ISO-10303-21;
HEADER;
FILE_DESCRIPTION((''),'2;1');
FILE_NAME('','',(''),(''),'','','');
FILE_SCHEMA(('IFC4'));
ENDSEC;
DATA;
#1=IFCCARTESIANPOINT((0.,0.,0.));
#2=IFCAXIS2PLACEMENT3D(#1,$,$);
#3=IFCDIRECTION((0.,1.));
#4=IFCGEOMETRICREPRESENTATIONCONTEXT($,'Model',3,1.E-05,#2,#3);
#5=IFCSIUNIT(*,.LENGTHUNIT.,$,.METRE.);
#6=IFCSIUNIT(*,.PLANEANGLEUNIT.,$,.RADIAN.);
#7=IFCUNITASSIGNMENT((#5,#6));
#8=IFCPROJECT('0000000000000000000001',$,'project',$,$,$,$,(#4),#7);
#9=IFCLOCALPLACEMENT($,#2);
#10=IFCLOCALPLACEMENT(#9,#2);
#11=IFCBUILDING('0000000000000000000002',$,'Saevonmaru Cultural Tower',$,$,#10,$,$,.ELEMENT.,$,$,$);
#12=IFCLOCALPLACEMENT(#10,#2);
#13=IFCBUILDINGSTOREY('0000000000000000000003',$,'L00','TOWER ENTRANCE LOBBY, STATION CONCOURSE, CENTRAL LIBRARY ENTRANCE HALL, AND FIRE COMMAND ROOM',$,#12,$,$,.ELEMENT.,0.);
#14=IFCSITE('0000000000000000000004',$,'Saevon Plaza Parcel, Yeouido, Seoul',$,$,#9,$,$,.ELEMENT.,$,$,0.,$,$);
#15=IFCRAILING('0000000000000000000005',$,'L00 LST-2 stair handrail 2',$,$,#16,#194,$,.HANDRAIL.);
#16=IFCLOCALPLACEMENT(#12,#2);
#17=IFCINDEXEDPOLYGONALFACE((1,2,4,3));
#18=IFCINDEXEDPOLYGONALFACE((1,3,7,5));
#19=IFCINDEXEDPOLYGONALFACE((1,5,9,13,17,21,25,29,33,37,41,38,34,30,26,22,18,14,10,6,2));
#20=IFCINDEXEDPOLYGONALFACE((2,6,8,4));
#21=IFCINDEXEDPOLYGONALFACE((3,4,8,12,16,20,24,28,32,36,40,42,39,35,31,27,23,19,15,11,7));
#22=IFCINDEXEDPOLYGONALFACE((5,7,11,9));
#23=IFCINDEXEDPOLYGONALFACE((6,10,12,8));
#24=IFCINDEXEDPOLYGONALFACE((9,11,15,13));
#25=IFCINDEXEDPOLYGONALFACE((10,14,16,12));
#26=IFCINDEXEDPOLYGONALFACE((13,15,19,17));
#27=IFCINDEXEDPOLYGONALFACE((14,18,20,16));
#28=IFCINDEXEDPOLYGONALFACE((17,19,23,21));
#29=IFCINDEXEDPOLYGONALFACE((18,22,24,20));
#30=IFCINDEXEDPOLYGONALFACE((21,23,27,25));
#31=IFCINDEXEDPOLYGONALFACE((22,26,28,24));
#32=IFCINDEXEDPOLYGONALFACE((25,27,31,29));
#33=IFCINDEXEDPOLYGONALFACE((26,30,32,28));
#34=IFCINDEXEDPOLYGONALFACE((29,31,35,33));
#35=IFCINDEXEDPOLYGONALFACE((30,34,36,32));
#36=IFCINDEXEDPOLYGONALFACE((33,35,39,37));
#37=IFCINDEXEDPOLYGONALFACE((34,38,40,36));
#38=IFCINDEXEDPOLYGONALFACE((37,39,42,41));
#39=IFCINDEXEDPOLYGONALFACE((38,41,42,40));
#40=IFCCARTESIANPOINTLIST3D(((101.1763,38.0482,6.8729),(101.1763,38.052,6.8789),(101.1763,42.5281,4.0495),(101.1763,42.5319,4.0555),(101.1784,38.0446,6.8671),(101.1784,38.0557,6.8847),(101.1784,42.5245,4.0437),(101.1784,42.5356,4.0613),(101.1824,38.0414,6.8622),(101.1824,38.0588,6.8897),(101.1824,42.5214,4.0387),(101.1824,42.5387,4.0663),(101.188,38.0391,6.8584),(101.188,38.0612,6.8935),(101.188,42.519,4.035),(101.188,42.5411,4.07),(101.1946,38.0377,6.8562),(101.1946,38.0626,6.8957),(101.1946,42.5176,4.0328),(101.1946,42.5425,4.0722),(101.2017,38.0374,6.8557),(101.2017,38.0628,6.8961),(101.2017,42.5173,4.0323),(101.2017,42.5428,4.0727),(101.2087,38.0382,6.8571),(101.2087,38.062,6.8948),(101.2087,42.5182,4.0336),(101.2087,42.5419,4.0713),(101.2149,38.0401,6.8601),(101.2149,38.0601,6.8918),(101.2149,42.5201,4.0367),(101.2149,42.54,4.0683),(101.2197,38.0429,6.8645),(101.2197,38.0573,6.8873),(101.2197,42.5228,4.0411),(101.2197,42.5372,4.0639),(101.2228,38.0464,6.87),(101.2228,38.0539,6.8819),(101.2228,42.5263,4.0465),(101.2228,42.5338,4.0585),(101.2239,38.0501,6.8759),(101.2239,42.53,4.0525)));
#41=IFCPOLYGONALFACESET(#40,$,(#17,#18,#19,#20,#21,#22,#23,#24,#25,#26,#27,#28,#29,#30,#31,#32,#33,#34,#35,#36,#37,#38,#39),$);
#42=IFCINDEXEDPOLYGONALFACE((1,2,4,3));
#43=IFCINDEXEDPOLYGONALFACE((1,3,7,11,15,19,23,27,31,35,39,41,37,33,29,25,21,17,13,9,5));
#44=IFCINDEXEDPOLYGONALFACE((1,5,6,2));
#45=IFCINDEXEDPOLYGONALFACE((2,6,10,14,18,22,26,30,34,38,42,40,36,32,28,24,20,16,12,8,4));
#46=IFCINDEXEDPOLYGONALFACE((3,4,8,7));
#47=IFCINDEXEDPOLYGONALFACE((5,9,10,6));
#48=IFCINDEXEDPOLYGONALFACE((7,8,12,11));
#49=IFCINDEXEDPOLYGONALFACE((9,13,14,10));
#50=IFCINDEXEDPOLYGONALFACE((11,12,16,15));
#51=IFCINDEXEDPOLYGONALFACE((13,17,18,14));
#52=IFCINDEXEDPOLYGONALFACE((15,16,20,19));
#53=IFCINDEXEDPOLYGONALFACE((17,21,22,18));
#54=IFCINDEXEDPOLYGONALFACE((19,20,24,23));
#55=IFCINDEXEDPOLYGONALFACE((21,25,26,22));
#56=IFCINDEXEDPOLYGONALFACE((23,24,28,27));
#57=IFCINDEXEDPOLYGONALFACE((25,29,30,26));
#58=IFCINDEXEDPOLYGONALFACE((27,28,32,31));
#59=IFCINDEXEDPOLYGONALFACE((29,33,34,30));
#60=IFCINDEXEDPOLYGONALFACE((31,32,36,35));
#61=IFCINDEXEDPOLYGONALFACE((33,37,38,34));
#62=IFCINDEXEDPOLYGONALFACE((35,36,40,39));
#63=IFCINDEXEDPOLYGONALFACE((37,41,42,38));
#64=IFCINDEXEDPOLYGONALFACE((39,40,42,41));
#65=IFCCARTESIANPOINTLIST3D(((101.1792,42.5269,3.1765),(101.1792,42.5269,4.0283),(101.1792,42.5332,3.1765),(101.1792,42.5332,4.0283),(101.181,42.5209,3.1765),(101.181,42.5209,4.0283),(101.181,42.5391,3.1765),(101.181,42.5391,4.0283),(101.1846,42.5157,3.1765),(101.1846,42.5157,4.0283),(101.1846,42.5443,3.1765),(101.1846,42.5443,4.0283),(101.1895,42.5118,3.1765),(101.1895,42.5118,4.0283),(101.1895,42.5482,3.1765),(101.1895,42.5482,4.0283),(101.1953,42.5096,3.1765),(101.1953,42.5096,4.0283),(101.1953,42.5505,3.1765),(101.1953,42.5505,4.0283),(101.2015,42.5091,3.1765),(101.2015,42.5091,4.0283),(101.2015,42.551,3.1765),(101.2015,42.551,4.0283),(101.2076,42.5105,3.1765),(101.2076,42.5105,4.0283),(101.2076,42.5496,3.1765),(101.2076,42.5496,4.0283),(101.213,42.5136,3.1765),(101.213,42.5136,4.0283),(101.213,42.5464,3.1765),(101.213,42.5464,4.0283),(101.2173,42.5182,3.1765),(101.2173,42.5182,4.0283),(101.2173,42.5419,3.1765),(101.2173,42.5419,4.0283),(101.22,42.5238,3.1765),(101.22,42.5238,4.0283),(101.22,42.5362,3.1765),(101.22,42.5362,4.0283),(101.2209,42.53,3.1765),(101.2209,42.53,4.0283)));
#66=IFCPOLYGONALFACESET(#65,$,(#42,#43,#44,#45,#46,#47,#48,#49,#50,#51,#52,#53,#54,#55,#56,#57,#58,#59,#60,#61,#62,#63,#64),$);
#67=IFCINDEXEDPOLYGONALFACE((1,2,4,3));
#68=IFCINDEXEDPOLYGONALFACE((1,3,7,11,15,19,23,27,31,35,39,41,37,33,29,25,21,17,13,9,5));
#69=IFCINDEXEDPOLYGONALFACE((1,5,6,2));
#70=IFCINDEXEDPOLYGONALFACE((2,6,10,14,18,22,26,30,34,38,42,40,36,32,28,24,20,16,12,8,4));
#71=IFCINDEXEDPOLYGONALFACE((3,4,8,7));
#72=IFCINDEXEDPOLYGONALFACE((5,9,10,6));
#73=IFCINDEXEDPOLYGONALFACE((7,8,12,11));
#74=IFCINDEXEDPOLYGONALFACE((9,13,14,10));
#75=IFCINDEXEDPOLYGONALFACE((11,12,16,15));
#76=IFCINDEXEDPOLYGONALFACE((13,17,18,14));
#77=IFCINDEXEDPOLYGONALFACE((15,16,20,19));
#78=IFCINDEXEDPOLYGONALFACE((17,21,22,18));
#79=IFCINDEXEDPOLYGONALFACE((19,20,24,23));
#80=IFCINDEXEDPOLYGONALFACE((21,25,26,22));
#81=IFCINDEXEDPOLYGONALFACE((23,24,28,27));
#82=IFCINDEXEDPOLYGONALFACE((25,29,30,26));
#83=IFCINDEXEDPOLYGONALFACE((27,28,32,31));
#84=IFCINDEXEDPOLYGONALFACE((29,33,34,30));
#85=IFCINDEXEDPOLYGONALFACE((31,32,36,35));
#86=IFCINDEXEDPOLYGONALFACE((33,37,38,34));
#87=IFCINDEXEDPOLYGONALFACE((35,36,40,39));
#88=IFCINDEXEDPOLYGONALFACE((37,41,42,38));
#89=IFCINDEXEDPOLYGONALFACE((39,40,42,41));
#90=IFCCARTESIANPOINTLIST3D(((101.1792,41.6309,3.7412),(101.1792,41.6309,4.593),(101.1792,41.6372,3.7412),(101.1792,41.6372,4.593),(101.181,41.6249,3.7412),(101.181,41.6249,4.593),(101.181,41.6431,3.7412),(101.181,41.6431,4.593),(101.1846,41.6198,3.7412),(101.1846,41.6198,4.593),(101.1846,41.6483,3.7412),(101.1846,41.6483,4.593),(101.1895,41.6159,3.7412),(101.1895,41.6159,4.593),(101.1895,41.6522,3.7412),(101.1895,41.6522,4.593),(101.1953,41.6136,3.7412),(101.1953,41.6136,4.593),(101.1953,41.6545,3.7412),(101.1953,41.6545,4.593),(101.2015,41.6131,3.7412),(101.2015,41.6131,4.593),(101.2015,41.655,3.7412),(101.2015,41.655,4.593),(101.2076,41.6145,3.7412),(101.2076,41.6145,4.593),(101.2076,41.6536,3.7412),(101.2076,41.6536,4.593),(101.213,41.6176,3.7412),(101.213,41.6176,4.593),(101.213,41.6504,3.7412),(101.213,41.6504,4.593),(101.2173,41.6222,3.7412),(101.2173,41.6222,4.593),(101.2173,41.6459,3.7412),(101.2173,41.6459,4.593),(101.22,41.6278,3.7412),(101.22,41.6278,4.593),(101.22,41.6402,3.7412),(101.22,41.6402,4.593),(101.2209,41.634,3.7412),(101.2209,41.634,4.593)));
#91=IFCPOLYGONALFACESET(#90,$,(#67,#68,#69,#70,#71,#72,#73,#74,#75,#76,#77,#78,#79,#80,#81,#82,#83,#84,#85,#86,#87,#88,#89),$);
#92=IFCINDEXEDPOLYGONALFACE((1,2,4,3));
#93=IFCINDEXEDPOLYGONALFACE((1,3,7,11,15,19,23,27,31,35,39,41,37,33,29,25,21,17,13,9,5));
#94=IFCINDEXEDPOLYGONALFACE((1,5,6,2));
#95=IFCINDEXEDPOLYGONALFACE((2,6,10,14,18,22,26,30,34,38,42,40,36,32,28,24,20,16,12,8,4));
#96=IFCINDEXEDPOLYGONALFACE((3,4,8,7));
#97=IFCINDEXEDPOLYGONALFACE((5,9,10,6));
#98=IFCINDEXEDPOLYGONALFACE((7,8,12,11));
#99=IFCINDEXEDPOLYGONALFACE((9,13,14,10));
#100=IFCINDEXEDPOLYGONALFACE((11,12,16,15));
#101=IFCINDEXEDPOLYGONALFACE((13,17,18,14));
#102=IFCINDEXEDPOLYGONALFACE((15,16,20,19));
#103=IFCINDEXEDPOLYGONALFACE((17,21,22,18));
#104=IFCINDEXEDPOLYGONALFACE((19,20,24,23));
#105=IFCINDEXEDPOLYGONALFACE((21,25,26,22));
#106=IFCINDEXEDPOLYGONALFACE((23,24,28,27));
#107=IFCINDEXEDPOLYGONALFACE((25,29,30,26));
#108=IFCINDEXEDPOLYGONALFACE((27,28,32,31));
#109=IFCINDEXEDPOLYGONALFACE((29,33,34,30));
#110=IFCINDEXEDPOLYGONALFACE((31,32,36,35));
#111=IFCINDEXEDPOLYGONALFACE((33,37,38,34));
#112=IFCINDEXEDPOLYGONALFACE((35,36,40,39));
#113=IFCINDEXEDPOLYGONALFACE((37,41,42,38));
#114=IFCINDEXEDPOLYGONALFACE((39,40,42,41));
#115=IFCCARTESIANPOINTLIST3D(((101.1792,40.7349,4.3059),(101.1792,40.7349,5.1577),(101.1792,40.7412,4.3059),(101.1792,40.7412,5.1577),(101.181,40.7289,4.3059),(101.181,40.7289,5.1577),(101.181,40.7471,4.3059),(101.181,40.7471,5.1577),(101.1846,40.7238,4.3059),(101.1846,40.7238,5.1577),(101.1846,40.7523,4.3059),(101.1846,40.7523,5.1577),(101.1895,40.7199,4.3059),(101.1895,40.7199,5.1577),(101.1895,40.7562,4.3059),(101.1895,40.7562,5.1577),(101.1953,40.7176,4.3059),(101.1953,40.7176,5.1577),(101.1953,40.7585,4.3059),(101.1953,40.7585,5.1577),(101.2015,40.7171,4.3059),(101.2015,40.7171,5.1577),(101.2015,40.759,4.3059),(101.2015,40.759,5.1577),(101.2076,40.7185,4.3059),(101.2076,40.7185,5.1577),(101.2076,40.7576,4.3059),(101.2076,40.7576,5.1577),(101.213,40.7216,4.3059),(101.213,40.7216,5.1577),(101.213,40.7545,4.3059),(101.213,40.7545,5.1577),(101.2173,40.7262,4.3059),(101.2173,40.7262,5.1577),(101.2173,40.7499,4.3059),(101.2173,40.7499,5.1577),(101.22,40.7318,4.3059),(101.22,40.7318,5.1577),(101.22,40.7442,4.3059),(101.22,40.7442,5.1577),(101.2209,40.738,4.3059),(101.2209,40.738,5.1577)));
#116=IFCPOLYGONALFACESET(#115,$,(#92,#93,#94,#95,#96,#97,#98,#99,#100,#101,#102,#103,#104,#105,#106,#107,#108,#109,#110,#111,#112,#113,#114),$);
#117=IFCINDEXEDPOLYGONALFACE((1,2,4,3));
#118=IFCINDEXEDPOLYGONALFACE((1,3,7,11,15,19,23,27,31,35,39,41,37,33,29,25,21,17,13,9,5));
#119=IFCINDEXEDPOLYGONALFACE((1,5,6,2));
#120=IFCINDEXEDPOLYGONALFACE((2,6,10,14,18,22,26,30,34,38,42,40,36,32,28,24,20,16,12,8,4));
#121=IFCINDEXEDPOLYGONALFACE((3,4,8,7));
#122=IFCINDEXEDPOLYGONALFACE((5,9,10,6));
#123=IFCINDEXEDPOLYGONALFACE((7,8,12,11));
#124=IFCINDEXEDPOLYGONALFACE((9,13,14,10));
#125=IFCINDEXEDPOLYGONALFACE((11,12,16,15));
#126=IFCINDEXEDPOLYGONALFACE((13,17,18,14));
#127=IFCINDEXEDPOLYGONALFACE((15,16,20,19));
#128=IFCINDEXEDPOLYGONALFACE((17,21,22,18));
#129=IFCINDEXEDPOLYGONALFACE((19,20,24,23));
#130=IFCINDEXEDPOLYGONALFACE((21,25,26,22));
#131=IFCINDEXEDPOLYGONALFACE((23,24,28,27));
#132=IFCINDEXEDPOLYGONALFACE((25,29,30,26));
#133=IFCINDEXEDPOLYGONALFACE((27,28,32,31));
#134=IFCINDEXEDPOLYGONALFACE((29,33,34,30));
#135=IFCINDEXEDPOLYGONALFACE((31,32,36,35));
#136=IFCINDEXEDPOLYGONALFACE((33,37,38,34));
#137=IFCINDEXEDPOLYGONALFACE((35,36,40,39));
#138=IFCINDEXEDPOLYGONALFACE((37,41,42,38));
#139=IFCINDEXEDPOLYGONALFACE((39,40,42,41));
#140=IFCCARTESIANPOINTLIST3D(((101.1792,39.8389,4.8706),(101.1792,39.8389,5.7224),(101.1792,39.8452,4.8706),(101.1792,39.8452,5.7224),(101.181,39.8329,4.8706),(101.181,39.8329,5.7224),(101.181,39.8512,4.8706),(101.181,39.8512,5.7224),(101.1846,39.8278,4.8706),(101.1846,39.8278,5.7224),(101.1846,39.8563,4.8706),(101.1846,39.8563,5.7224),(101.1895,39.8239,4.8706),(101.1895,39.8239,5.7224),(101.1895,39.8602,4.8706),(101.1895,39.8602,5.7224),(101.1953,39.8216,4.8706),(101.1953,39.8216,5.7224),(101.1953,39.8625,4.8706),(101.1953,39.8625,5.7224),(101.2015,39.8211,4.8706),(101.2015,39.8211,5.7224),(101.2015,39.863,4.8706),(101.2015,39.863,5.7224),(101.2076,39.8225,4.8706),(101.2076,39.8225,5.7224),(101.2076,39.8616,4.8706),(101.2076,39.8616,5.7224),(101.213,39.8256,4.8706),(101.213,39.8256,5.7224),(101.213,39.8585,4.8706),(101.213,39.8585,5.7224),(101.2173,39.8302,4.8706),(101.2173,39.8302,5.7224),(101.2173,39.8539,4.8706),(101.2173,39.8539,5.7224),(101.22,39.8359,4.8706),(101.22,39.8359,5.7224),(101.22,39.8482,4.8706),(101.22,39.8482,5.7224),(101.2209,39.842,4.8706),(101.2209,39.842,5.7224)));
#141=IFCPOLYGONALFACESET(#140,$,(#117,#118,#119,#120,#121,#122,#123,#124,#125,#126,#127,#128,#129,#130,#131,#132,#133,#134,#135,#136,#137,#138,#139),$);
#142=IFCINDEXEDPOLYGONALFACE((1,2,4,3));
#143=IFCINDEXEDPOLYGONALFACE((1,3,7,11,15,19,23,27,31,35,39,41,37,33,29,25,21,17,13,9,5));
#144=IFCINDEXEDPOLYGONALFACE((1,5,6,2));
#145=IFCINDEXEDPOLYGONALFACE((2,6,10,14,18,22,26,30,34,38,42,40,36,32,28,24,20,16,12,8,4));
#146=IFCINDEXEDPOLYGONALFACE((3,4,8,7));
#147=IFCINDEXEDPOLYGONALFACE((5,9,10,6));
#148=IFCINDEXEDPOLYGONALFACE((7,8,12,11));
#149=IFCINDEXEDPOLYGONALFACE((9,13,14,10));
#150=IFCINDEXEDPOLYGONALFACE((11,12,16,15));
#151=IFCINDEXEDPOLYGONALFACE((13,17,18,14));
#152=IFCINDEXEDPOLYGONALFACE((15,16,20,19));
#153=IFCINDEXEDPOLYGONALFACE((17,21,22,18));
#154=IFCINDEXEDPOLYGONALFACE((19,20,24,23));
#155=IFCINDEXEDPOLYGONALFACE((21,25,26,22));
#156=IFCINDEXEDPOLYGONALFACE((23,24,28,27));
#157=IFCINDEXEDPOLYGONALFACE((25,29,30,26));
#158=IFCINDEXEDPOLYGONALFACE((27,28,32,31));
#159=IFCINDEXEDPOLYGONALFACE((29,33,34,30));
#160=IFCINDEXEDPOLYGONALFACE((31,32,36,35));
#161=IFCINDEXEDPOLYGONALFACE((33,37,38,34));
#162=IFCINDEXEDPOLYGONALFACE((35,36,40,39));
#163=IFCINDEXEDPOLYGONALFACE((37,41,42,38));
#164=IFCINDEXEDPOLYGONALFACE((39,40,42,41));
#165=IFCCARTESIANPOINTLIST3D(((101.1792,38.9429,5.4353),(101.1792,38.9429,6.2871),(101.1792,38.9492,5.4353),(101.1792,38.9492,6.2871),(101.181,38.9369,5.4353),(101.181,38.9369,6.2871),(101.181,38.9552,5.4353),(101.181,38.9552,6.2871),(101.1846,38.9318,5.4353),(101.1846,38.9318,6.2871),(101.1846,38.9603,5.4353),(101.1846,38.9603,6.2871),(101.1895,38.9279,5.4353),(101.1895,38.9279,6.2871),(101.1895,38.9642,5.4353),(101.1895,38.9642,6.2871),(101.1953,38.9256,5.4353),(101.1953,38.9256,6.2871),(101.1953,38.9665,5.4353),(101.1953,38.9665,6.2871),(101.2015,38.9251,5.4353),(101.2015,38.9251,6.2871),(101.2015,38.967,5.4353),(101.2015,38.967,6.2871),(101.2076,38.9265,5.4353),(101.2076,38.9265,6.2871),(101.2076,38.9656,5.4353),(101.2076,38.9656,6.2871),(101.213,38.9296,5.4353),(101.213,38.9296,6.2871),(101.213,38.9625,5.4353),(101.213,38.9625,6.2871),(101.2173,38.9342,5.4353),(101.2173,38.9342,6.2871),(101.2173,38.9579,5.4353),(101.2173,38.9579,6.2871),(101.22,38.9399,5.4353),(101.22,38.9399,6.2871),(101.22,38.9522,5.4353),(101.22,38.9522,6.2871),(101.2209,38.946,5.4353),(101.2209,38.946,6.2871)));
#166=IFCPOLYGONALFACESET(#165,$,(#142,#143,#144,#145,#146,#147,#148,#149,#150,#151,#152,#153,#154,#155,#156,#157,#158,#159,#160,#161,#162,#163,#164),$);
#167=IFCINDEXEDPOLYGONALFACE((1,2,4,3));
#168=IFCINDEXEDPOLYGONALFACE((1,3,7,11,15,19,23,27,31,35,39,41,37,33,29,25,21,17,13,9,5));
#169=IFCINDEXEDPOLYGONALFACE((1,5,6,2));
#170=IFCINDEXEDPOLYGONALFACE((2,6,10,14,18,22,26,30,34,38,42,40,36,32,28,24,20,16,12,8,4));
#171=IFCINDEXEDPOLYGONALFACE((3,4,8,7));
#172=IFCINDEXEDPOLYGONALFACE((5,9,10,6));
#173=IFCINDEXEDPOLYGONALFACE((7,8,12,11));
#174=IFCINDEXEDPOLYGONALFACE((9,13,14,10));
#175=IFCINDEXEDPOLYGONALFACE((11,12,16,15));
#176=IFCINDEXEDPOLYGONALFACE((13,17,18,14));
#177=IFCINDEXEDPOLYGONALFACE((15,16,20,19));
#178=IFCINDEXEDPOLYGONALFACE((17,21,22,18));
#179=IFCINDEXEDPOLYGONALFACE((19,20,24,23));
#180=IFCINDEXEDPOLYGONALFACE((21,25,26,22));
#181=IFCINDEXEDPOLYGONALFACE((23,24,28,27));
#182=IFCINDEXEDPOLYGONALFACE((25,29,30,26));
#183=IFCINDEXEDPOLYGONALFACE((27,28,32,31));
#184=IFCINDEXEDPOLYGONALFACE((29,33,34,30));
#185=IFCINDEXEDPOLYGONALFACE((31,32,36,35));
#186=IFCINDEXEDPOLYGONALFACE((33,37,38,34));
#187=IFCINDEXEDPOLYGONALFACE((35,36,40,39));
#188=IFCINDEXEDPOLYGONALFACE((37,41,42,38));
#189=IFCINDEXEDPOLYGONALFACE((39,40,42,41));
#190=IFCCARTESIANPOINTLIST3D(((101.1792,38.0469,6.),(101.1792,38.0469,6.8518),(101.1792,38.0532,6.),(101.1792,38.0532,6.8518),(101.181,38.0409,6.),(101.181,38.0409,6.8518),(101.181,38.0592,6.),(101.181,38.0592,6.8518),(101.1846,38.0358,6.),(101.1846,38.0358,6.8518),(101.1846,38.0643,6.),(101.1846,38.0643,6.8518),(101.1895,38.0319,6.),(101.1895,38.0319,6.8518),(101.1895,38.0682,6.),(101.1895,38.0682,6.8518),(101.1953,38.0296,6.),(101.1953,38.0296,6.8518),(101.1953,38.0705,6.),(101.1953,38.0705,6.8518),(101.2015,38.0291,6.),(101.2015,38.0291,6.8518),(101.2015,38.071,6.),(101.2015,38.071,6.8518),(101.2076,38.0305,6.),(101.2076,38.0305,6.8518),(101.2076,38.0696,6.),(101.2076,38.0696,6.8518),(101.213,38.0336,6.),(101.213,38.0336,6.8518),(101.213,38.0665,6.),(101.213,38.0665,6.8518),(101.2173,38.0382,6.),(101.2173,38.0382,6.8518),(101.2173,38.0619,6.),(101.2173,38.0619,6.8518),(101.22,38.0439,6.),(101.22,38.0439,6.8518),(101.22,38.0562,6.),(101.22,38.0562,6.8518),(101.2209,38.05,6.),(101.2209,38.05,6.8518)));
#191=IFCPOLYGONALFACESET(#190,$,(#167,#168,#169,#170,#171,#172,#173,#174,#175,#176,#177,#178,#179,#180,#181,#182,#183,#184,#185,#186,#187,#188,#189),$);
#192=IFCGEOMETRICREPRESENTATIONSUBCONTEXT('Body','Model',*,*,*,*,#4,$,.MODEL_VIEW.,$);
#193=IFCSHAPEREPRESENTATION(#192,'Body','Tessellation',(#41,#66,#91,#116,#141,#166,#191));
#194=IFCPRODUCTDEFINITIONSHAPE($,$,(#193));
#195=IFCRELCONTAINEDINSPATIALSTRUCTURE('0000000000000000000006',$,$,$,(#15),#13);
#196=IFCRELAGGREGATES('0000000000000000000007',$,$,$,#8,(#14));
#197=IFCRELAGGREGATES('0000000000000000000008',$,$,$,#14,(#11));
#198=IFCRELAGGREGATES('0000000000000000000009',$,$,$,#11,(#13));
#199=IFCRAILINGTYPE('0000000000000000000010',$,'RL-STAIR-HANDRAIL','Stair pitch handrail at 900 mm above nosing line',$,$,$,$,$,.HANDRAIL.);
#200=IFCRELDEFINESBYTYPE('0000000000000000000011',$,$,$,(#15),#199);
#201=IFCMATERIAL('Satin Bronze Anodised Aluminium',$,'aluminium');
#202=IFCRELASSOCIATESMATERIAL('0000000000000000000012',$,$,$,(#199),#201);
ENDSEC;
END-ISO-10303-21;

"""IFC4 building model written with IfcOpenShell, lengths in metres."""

from ifc_helpers import new_model, si_unit, direction, frame, origin, origin_2d, place, context, subcontext, project, spatial, circle, extrude, material, type_object, element, save


model = new_model("IFC4")

# Units and contexts
model_context = context("Model", 3, precision=1e-05, world=origin(), true_north=direction((0.0, 1.0)))
body_context = subcontext(model_context, "Body", "Model", "MODEL_VIEW")
ifc_project = project(units=[si_unit("LENGTHUNIT", "METRE"), si_unit("PLANEANGLEUNIT", "RADIAN")], contexts=[model_context])

# Site, building, storey
site_placement = place(None, origin())
site = spatial("IfcSite", under=ifc_project, at=site_placement, Name="Saevon Plaza Parcel, Yeouido, Seoul", CompositionType="ELEMENT", RefElevation=0.0)
building_placement = place(site_placement, origin())
building = spatial("IfcBuilding", under=site, at=building_placement, Name="Saevonmaru Cultural Tower", CompositionType="ELEMENT")
storey_placement = place(building_placement, origin())
storey = spatial("IfcBuildingStorey", under=building, at=storey_placement, Name="L00", Description="TOWER ENTRANCE LOBBY, STATION CONCOURSE, CENTRAL LIBRARY ENTRANCE HALL, AND FIRE COMMAND ROOM", CompositionType="ELEMENT", Elevation=0.0)

# Shared definitions
ifc_material_1 = material(Name="Satin Bronze Anodised Aluminium", Category="aluminium")

# Railing
railing_type_1 = type_object("IfcRailingType", Name="RL-STAIR-HANDRAIL", Description="Stair pitch handrail at 900 mm above nosing line", PredefinedType="HANDRAIL", material=ifc_material_1)
railing_1_placement = place(storey_placement, frame((101.2, 42.53, 3.1765)))
element("IfcRailing", 1, at=railing_1_placement, inside=storey, type_object=railing_type_1, Name="L00 LST-2 stair handrail 2", PredefinedType="HANDRAIL", context=body_context, shape_type="SweptSolid", body=[
    extrude(circle(Radius=0.0239, at=origin_2d()), frame((0.0, 0.0, 0.876), z_axis=(0.0, -0.845998, 0.533186), x_axis=(1.0, 0.0, 0.0)), (0.0, 0.0, 1.0), 5.2954),
    extrude(circle(Radius=0.021, at=origin_2d()), origin(), (0.0, 0.0, 1.0), 0.8518),
    extrude(circle(Radius=0.021, at=origin_2d()), frame((0.0, -0.896, 0.5647)), (0.0, 0.0, 1.0), 0.8518),
    extrude(circle(Radius=0.021, at=origin_2d()), frame((0.0, -1.792, 1.1294)), (0.0, 0.0, 1.0), 0.8518),
    extrude(circle(Radius=0.021, at=origin_2d()), frame((0.0, -2.688, 1.6941)), (0.0, 0.0, 1.0), 0.8518),
    extrude(circle(Radius=0.021, at=origin_2d()), frame((0.0, -3.584, 2.2588)), (0.0, 0.0, 1.0), 0.8518),
    extrude(circle(Radius=0.021, at=origin_2d()), frame((0.0, -4.48, 2.8235)), (0.0, 0.0, 1.0), 0.8518),
])

save(model, "model.ifc")
